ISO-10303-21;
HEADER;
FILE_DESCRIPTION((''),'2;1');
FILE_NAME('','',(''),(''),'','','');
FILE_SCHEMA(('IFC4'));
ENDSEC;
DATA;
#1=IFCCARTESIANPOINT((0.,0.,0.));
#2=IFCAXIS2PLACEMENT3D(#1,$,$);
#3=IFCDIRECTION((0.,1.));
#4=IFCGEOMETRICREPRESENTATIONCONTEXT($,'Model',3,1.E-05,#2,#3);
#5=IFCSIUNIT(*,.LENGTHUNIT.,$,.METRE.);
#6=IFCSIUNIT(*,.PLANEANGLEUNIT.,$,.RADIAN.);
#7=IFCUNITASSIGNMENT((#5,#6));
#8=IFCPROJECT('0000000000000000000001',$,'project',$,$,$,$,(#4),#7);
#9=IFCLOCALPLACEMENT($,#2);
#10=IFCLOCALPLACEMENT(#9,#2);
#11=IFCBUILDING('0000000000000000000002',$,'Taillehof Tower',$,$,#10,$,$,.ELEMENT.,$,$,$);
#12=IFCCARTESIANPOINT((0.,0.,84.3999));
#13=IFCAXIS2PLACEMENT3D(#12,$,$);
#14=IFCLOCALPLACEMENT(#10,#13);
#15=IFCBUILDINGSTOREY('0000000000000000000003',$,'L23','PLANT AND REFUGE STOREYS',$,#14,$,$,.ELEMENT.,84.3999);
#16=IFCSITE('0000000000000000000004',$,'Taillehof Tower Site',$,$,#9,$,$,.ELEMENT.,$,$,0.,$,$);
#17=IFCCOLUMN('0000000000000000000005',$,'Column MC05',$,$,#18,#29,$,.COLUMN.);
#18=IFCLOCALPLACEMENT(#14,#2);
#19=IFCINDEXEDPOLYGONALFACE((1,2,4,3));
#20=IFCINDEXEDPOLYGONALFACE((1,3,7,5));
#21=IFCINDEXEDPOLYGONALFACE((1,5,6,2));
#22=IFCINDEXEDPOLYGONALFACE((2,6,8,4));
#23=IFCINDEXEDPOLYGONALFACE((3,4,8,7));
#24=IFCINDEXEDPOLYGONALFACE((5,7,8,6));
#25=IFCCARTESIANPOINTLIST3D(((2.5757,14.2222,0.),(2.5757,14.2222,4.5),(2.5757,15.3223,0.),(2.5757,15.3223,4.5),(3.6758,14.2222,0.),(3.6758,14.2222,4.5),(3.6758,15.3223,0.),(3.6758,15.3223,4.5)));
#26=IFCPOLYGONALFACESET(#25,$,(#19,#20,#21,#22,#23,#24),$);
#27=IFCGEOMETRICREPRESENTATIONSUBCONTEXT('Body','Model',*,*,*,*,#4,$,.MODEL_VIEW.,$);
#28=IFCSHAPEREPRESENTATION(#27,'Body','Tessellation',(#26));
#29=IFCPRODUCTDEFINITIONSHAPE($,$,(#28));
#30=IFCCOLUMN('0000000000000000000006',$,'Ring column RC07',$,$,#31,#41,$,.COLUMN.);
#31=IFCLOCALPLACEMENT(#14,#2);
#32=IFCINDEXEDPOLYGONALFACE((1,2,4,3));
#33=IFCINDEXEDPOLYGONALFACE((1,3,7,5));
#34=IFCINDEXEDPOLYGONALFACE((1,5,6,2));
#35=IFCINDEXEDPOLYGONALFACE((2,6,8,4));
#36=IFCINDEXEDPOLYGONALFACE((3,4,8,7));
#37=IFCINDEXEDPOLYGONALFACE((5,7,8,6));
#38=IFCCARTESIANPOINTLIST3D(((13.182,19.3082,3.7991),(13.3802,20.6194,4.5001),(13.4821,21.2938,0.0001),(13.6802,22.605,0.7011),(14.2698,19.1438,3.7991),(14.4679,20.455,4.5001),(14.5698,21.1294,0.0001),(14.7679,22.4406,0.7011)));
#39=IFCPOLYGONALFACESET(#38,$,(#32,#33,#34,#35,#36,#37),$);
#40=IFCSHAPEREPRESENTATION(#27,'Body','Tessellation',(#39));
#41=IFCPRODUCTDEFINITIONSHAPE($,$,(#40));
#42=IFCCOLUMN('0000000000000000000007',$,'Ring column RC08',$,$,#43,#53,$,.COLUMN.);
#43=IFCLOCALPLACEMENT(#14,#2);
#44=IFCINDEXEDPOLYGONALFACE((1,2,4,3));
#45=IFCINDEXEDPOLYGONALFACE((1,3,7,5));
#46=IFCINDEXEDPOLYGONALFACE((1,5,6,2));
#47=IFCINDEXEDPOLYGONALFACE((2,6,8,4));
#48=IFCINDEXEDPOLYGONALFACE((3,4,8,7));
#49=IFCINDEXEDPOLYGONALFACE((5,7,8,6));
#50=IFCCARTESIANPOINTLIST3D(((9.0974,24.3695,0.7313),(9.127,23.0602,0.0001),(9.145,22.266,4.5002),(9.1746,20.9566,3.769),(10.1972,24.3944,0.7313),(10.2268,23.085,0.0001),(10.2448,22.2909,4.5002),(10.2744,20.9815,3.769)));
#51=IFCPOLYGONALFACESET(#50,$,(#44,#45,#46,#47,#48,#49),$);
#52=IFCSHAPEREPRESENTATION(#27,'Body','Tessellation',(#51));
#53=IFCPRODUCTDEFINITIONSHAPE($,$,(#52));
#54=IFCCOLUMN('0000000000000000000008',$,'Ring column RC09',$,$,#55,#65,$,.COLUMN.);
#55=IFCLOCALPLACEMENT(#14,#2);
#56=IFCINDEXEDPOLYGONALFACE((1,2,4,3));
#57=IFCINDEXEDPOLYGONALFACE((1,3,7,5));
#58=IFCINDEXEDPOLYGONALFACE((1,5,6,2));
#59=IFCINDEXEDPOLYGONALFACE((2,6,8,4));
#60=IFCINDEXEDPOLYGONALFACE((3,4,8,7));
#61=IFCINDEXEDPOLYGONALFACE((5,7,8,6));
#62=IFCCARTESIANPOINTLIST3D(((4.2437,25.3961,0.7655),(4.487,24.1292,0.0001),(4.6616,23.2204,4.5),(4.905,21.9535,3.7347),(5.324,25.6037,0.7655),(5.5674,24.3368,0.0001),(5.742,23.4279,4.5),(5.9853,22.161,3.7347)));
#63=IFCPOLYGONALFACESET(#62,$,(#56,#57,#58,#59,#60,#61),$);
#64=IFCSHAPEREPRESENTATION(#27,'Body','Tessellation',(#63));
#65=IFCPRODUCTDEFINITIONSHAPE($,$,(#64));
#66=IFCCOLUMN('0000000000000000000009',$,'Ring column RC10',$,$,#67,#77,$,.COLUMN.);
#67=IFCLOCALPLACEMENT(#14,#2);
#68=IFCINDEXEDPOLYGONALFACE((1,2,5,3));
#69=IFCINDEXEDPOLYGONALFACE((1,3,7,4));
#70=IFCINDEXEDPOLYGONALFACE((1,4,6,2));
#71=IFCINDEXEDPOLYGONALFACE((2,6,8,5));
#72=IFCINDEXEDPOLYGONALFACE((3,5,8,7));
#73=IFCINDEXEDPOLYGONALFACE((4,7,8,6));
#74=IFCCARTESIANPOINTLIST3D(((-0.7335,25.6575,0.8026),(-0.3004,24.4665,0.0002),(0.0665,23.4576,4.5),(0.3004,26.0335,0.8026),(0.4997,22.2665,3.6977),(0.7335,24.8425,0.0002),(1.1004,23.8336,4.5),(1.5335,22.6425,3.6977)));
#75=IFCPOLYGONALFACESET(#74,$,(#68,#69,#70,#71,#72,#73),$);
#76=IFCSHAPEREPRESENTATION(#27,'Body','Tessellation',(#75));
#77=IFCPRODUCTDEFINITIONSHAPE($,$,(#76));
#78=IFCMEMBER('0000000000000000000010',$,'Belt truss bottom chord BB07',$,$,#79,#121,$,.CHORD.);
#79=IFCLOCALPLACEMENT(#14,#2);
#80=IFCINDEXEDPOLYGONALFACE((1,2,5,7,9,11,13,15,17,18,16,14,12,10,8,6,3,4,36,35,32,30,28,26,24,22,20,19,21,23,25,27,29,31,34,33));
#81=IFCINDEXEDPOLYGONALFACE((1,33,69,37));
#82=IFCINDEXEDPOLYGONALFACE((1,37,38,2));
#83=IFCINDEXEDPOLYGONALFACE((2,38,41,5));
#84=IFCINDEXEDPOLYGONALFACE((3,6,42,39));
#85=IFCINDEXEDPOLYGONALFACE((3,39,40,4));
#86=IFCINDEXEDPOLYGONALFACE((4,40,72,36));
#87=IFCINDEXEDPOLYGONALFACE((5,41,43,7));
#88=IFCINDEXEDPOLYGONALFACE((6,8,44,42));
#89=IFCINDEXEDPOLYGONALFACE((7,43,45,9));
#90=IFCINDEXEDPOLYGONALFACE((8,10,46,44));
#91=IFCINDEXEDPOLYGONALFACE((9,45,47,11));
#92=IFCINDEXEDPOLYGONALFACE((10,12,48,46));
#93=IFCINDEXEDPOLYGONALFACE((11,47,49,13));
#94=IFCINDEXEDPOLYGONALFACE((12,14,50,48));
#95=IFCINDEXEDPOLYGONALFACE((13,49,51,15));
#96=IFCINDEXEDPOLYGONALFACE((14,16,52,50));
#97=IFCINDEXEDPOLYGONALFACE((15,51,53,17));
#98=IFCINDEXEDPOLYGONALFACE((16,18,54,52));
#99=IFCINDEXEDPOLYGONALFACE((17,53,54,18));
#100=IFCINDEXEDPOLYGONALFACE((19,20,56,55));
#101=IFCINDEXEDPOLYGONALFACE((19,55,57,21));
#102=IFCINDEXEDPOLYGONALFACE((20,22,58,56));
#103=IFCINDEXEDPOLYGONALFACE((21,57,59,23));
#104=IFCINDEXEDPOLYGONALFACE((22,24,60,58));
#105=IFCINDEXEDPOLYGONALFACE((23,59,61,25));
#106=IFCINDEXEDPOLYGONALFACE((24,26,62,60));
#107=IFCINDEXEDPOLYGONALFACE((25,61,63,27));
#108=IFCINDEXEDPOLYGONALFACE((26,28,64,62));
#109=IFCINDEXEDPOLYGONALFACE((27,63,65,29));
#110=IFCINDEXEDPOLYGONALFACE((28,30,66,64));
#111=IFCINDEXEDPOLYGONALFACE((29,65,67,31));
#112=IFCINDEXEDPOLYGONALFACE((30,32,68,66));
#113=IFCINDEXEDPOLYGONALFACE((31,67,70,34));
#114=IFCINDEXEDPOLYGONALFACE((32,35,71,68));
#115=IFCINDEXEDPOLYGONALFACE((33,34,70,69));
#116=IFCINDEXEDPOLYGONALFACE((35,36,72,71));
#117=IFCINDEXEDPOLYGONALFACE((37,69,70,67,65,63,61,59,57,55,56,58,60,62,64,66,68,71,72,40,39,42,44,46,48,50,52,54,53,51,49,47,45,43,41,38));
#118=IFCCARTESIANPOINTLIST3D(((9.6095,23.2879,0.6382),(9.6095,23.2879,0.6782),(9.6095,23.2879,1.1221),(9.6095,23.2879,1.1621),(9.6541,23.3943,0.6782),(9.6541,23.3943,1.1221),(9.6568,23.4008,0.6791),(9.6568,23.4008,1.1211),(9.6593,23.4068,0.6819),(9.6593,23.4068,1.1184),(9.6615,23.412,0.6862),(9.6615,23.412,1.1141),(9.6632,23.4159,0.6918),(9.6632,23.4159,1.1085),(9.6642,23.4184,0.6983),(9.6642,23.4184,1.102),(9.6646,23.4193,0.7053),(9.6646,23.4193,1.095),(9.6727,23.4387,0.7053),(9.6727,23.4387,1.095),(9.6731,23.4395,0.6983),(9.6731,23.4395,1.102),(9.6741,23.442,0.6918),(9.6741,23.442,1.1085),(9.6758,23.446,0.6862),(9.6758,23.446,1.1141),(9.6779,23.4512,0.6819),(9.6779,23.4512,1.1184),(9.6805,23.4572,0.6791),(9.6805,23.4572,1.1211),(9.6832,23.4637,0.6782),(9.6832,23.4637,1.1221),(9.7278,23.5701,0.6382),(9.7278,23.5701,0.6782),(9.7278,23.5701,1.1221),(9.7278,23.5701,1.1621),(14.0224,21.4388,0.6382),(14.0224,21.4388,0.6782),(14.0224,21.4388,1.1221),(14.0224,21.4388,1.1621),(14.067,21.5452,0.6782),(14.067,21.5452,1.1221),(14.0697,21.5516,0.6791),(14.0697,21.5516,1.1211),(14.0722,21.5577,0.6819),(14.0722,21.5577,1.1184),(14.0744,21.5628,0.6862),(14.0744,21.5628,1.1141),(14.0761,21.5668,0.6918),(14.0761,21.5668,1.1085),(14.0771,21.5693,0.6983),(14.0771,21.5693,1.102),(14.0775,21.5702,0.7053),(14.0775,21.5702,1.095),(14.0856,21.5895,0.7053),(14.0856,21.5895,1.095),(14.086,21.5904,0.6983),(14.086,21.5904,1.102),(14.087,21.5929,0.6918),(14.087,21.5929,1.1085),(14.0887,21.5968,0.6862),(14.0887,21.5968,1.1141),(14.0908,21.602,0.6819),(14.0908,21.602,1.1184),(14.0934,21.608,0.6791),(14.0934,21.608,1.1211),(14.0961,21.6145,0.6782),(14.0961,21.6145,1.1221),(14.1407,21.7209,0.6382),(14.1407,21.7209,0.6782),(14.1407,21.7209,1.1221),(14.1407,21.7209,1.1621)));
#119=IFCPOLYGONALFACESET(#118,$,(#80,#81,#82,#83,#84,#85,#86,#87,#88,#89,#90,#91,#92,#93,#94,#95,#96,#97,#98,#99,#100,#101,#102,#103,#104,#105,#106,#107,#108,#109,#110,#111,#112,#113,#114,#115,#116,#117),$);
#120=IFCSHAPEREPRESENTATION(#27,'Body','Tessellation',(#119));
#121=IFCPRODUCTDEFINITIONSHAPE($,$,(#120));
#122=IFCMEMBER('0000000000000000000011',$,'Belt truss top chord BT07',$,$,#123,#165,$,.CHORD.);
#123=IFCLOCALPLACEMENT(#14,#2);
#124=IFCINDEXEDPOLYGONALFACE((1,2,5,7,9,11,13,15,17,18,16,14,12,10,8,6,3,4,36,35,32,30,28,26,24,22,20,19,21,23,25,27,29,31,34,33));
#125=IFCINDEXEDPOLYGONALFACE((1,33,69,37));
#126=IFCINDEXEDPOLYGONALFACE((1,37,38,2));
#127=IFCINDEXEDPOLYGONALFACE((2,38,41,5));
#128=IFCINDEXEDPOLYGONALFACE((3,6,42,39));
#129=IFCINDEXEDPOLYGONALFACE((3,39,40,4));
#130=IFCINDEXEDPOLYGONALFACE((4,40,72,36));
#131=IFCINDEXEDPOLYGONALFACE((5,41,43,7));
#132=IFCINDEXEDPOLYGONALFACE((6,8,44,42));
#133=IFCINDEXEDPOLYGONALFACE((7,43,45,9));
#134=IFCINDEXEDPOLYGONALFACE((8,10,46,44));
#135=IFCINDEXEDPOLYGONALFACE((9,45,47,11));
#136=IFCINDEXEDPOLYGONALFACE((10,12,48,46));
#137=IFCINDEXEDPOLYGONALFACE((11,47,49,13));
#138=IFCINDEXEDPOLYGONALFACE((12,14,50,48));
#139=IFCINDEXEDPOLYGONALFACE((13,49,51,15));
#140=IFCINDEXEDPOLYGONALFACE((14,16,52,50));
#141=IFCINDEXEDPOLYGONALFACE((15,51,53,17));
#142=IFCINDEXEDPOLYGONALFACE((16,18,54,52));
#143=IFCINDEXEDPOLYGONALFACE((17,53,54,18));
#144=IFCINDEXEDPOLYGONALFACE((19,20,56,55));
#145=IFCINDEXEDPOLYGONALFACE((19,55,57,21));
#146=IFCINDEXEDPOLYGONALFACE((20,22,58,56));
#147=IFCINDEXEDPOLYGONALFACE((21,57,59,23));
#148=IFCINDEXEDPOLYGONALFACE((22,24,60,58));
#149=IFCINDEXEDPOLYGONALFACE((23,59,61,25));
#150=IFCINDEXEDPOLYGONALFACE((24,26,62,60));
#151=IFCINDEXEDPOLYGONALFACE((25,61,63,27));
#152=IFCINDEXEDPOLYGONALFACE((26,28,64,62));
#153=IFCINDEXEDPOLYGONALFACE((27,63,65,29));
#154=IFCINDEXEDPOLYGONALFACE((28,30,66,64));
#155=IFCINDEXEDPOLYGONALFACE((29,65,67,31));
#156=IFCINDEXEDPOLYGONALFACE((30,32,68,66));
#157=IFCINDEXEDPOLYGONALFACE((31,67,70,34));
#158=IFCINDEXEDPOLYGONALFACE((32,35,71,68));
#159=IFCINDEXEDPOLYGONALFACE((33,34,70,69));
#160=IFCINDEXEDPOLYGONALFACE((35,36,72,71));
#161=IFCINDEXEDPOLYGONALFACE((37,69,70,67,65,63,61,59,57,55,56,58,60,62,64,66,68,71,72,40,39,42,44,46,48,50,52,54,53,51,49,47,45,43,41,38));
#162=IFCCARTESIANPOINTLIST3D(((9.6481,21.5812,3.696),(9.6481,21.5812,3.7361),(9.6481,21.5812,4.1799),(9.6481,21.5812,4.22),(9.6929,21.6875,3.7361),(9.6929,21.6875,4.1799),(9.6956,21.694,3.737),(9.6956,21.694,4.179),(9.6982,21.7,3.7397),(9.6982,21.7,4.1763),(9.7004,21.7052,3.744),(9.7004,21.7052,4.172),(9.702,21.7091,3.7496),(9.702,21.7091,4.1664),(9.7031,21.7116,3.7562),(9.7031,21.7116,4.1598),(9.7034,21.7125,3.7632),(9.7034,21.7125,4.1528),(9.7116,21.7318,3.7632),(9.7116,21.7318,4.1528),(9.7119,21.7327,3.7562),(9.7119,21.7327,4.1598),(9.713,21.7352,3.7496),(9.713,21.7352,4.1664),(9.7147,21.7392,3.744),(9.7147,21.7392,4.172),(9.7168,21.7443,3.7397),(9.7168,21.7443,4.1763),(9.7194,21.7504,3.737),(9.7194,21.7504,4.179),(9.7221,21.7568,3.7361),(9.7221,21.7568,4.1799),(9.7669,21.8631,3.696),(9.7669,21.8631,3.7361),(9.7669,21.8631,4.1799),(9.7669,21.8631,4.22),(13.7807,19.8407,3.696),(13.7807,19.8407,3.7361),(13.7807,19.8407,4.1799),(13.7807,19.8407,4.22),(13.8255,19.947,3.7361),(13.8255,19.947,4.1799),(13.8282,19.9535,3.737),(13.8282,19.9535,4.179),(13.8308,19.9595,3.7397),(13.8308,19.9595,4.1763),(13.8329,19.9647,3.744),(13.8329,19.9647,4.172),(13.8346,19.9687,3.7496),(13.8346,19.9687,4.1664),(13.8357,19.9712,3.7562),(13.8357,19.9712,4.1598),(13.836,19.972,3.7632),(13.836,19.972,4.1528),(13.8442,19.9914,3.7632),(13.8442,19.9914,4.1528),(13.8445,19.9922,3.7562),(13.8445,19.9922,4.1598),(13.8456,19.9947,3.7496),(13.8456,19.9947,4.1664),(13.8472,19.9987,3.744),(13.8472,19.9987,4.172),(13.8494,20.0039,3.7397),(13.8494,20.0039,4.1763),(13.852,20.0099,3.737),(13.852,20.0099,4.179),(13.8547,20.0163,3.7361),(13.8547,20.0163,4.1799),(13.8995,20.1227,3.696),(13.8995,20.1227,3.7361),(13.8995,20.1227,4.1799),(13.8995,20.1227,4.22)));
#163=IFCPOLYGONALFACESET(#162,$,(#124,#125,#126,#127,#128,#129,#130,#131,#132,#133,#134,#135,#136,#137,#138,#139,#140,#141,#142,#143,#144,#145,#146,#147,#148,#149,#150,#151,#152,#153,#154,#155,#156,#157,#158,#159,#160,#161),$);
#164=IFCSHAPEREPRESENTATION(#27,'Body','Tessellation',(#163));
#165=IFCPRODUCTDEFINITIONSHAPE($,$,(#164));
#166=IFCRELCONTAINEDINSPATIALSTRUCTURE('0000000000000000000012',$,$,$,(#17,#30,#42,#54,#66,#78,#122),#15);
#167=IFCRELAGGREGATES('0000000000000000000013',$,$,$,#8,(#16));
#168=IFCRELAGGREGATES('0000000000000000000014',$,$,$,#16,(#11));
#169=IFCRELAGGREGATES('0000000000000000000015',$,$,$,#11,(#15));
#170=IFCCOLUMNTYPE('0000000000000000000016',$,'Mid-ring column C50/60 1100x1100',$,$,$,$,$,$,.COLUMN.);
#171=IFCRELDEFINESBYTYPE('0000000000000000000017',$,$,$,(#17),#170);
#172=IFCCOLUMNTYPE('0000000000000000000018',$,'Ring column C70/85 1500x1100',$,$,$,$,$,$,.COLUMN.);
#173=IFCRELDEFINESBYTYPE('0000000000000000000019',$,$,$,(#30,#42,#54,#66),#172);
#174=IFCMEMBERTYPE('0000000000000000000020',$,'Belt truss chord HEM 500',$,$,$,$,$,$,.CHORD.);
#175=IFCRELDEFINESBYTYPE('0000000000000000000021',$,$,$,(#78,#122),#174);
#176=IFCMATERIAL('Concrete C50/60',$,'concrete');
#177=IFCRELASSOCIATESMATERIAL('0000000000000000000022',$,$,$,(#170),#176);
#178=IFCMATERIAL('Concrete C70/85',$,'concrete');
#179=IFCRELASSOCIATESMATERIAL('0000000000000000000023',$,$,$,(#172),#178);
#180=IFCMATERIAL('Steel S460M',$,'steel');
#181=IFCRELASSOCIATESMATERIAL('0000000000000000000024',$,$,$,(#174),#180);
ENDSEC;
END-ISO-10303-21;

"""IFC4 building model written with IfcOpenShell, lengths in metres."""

from ifc_helpers import new_model, si_unit, direction, frame, origin, origin_2d, place, context, subcontext, project, spatial, rectangle, i_section, extrude, material, material_profile, profile_set, type_object, element, save


model = new_model("IFC4")

# Units and contexts
model_context = context("Model", 3, precision=1e-05, world=origin(), true_north=direction((0.0, 1.0)))
body_context = subcontext(model_context, "Body", "Model", "MODEL_VIEW")
ifc_project = project(units=[si_unit("LENGTHUNIT", "METRE"), si_unit("PLANEANGLEUNIT", "RADIAN")], contexts=[model_context])

# Site, building, storey
site_placement = place(None, origin())
site = spatial("IfcSite", under=ifc_project, at=site_placement, Name="Taillehof Tower Site", CompositionType="ELEMENT", RefElevation=0.0)
building_placement = place(site_placement, origin())
building = spatial("IfcBuilding", under=site, at=building_placement, Name="Taillehof Tower", CompositionType="ELEMENT")
storey_placement = place(building_placement, frame((0.0, 0.0, 84.3999)))
storey = spatial("IfcBuildingStorey", under=building, at=storey_placement, Name="L23", Description="PLANT AND REFUGE STOREYS", CompositionType="ELEMENT", Elevation=84.3999)

# Columns
ifc_material_1 = material(Name="Concrete C50/60", Category="concrete")
ifc_material_profile_1 = material_profile(ifc_material_1, rectangle(XDim=1.1001, YDim=1.1001, at=origin_2d()), Name="RC 1100x1100")
ifc_profile_set_1 = profile_set([ifc_material_profile_1], Name="Concrete C50/60")
column_type_1 = type_object("IfcColumnType", Name="Mid-ring column C50/60 1100x1100", PredefinedType="COLUMN", material=ifc_profile_set_1)
column_1_placement = place(storey_placement, frame((3.1257, 14.7722, 0.0), z_axis=(0.0, 0.0, 1.0), x_axis=(1.0, 0.0, 0.0)))
element("IfcColumn", 1, at=column_1_placement, inside=storey, type_object=column_type_1, Name="Column MC05", PredefinedType="COLUMN", context=body_context, shape_type="SweptSolid", body=[
    extrude(rectangle(XDim=1.1001, YDim=1.1001, at=origin_2d()), origin(), (0.0, 0.0, 1.0), 4.5),
])
ifc_material_2 = material(Name="Concrete C70/85", Category="concrete")
ifc_material_profile_2 = material_profile(ifc_material_2, rectangle(XDim=1.5, YDim=1.1001, at=origin_2d()), Name="RC 1500x1100")
ifc_profile_set_2 = profile_set([ifc_material_profile_2], Name="Concrete C70/85")
column_type_2 = type_object("IfcColumnType", Name="Ring column C70/85 1500x1100", PredefinedType="COLUMN", material=ifc_profile_set_2)
column_2_placement = place(storey_placement, frame((14.125, 21.8672, 0.3506), z_axis=(-0.069825, -0.462072, 0.884089), x_axis=(0.132097, 0.874165, 0.467318)))
element("IfcColumn", 2, at=column_2_placement, inside=storey, type_object=column_type_2, Name="Ring column RC07", PredefinedType="COLUMN", context=body_context, shape_type="SweptSolid", body=[
    extrude(rectangle(XDim=1.5, YDim=1.1001, at=origin_2d()), origin(), (0.0, 0.0, 1.0), 4.2971),
])
column_3_placement = place(storey_placement, frame((9.6621, 23.7273, 0.3657), z_axis=(0.01103, -0.487337, 0.873145), x_axis=(-0.019756, 0.872921, 0.487461)))
element("IfcColumn", 3, at=column_3_placement, inside=storey, type_object=column_type_2, Name="Ring column RC08", PredefinedType="COLUMN", context=body_context, shape_type="SweptSolid", body=[
    extrude(rectangle(XDim=1.5, YDim=1.1001, at=origin_2d()), origin(), (0.0, 0.0, 1.0), 4.3164),
])
column_4_placement = place(storey_placement, frame((4.9055, 24.8665, 0.3828), z_axis=(0.096254, -0.501059, 0.860043), x_axis=(-0.162248, 0.844601, 0.510221)))
element("IfcColumn", 4, at=column_4_placement, inside=storey, type_object=column_type_2, Name="Ring column RC09", PredefinedType="COLUMN", context=body_context, shape_type="SweptSolid", body=[
    extrude(rectangle(XDim=1.5, YDim=1.1001, at=origin_2d()), origin(), (0.0, 0.0, 1.0), 4.3423),
])
column_5_placement = place(storey_placement, frame((0.0, 25.25, 0.4014), z_axis=(0.182817, -0.502704, 0.844906), x_axis=(-0.288762, 0.79403, 0.534914)))
element("IfcColumn", 5, at=column_5_placement, inside=storey, type_object=column_type_2, Name="Ring column RC10", PredefinedType="COLUMN", context=body_context, shape_type="SweptSolid", body=[
    extrude(rectangle(XDim=1.5, YDim=1.1001, at=origin_2d()), origin(), (0.0, 0.0, 1.0), 4.3762),
])

# Members
ifc_material_3 = material(Name="Steel S460M", Category="steel")
ifc_material_profile_3 = material_profile(ifc_material_3, i_section(OverallWidth=0.3059, OverallDepth=0.5239, WebThickness=0.021, FlangeThickness=0.04, FilletRadius=0.0271, at=origin_2d()), Name="HEM 500")
ifc_profile_set_3 = profile_set([ifc_material_profile_3], Name="Steel S460M")
member_type_1 = type_object("IfcMemberType", Name="Belt truss chord HEM 500", PredefinedType="CHORD", material=ifc_profile_set_3)
member_1_placement = place(storey_placement, frame((14.0815, 21.5798, 0.9001), z_axis=(-0.922301, 0.386473, 0.0), x_axis=(-0.386473, -0.922301, 0.0)))
element("IfcMember", 6, at=member_1_placement, inside=storey, type_object=member_type_1, Name="Belt truss bottom chord BB07", PredefinedType="CHORD", context=body_context, shape_type="SweptSolid", body=[
    extrude(i_section(OverallWidth=0.3059, OverallDepth=0.5239, WebThickness=0.021, FlangeThickness=0.04, FilletRadius=0.0271, at=origin_2d()), origin(), (0.0, 0.0, 1.0), 4.7847),
])
member_2_placement = place(storey_placement, frame((13.8401, 19.9817, 3.958), z_axis=(-0.9216, 0.388142, 0.0), x_axis=(-0.388142, -0.9216, 0.0)))
element("IfcMember", 7, at=member_2_placement, inside=storey, type_object=member_type_1, Name="Belt truss top chord BT07", PredefinedType="CHORD", context=body_context, shape_type="SweptSolid", body=[
    extrude(i_section(OverallWidth=0.3059, OverallDepth=0.5239, WebThickness=0.021, FlangeThickness=0.04, FilletRadius=0.0271, at=origin_2d()), origin(), (0.0, 0.0, 1.0), 4.4841),
])

save(model, "model.ifc")
